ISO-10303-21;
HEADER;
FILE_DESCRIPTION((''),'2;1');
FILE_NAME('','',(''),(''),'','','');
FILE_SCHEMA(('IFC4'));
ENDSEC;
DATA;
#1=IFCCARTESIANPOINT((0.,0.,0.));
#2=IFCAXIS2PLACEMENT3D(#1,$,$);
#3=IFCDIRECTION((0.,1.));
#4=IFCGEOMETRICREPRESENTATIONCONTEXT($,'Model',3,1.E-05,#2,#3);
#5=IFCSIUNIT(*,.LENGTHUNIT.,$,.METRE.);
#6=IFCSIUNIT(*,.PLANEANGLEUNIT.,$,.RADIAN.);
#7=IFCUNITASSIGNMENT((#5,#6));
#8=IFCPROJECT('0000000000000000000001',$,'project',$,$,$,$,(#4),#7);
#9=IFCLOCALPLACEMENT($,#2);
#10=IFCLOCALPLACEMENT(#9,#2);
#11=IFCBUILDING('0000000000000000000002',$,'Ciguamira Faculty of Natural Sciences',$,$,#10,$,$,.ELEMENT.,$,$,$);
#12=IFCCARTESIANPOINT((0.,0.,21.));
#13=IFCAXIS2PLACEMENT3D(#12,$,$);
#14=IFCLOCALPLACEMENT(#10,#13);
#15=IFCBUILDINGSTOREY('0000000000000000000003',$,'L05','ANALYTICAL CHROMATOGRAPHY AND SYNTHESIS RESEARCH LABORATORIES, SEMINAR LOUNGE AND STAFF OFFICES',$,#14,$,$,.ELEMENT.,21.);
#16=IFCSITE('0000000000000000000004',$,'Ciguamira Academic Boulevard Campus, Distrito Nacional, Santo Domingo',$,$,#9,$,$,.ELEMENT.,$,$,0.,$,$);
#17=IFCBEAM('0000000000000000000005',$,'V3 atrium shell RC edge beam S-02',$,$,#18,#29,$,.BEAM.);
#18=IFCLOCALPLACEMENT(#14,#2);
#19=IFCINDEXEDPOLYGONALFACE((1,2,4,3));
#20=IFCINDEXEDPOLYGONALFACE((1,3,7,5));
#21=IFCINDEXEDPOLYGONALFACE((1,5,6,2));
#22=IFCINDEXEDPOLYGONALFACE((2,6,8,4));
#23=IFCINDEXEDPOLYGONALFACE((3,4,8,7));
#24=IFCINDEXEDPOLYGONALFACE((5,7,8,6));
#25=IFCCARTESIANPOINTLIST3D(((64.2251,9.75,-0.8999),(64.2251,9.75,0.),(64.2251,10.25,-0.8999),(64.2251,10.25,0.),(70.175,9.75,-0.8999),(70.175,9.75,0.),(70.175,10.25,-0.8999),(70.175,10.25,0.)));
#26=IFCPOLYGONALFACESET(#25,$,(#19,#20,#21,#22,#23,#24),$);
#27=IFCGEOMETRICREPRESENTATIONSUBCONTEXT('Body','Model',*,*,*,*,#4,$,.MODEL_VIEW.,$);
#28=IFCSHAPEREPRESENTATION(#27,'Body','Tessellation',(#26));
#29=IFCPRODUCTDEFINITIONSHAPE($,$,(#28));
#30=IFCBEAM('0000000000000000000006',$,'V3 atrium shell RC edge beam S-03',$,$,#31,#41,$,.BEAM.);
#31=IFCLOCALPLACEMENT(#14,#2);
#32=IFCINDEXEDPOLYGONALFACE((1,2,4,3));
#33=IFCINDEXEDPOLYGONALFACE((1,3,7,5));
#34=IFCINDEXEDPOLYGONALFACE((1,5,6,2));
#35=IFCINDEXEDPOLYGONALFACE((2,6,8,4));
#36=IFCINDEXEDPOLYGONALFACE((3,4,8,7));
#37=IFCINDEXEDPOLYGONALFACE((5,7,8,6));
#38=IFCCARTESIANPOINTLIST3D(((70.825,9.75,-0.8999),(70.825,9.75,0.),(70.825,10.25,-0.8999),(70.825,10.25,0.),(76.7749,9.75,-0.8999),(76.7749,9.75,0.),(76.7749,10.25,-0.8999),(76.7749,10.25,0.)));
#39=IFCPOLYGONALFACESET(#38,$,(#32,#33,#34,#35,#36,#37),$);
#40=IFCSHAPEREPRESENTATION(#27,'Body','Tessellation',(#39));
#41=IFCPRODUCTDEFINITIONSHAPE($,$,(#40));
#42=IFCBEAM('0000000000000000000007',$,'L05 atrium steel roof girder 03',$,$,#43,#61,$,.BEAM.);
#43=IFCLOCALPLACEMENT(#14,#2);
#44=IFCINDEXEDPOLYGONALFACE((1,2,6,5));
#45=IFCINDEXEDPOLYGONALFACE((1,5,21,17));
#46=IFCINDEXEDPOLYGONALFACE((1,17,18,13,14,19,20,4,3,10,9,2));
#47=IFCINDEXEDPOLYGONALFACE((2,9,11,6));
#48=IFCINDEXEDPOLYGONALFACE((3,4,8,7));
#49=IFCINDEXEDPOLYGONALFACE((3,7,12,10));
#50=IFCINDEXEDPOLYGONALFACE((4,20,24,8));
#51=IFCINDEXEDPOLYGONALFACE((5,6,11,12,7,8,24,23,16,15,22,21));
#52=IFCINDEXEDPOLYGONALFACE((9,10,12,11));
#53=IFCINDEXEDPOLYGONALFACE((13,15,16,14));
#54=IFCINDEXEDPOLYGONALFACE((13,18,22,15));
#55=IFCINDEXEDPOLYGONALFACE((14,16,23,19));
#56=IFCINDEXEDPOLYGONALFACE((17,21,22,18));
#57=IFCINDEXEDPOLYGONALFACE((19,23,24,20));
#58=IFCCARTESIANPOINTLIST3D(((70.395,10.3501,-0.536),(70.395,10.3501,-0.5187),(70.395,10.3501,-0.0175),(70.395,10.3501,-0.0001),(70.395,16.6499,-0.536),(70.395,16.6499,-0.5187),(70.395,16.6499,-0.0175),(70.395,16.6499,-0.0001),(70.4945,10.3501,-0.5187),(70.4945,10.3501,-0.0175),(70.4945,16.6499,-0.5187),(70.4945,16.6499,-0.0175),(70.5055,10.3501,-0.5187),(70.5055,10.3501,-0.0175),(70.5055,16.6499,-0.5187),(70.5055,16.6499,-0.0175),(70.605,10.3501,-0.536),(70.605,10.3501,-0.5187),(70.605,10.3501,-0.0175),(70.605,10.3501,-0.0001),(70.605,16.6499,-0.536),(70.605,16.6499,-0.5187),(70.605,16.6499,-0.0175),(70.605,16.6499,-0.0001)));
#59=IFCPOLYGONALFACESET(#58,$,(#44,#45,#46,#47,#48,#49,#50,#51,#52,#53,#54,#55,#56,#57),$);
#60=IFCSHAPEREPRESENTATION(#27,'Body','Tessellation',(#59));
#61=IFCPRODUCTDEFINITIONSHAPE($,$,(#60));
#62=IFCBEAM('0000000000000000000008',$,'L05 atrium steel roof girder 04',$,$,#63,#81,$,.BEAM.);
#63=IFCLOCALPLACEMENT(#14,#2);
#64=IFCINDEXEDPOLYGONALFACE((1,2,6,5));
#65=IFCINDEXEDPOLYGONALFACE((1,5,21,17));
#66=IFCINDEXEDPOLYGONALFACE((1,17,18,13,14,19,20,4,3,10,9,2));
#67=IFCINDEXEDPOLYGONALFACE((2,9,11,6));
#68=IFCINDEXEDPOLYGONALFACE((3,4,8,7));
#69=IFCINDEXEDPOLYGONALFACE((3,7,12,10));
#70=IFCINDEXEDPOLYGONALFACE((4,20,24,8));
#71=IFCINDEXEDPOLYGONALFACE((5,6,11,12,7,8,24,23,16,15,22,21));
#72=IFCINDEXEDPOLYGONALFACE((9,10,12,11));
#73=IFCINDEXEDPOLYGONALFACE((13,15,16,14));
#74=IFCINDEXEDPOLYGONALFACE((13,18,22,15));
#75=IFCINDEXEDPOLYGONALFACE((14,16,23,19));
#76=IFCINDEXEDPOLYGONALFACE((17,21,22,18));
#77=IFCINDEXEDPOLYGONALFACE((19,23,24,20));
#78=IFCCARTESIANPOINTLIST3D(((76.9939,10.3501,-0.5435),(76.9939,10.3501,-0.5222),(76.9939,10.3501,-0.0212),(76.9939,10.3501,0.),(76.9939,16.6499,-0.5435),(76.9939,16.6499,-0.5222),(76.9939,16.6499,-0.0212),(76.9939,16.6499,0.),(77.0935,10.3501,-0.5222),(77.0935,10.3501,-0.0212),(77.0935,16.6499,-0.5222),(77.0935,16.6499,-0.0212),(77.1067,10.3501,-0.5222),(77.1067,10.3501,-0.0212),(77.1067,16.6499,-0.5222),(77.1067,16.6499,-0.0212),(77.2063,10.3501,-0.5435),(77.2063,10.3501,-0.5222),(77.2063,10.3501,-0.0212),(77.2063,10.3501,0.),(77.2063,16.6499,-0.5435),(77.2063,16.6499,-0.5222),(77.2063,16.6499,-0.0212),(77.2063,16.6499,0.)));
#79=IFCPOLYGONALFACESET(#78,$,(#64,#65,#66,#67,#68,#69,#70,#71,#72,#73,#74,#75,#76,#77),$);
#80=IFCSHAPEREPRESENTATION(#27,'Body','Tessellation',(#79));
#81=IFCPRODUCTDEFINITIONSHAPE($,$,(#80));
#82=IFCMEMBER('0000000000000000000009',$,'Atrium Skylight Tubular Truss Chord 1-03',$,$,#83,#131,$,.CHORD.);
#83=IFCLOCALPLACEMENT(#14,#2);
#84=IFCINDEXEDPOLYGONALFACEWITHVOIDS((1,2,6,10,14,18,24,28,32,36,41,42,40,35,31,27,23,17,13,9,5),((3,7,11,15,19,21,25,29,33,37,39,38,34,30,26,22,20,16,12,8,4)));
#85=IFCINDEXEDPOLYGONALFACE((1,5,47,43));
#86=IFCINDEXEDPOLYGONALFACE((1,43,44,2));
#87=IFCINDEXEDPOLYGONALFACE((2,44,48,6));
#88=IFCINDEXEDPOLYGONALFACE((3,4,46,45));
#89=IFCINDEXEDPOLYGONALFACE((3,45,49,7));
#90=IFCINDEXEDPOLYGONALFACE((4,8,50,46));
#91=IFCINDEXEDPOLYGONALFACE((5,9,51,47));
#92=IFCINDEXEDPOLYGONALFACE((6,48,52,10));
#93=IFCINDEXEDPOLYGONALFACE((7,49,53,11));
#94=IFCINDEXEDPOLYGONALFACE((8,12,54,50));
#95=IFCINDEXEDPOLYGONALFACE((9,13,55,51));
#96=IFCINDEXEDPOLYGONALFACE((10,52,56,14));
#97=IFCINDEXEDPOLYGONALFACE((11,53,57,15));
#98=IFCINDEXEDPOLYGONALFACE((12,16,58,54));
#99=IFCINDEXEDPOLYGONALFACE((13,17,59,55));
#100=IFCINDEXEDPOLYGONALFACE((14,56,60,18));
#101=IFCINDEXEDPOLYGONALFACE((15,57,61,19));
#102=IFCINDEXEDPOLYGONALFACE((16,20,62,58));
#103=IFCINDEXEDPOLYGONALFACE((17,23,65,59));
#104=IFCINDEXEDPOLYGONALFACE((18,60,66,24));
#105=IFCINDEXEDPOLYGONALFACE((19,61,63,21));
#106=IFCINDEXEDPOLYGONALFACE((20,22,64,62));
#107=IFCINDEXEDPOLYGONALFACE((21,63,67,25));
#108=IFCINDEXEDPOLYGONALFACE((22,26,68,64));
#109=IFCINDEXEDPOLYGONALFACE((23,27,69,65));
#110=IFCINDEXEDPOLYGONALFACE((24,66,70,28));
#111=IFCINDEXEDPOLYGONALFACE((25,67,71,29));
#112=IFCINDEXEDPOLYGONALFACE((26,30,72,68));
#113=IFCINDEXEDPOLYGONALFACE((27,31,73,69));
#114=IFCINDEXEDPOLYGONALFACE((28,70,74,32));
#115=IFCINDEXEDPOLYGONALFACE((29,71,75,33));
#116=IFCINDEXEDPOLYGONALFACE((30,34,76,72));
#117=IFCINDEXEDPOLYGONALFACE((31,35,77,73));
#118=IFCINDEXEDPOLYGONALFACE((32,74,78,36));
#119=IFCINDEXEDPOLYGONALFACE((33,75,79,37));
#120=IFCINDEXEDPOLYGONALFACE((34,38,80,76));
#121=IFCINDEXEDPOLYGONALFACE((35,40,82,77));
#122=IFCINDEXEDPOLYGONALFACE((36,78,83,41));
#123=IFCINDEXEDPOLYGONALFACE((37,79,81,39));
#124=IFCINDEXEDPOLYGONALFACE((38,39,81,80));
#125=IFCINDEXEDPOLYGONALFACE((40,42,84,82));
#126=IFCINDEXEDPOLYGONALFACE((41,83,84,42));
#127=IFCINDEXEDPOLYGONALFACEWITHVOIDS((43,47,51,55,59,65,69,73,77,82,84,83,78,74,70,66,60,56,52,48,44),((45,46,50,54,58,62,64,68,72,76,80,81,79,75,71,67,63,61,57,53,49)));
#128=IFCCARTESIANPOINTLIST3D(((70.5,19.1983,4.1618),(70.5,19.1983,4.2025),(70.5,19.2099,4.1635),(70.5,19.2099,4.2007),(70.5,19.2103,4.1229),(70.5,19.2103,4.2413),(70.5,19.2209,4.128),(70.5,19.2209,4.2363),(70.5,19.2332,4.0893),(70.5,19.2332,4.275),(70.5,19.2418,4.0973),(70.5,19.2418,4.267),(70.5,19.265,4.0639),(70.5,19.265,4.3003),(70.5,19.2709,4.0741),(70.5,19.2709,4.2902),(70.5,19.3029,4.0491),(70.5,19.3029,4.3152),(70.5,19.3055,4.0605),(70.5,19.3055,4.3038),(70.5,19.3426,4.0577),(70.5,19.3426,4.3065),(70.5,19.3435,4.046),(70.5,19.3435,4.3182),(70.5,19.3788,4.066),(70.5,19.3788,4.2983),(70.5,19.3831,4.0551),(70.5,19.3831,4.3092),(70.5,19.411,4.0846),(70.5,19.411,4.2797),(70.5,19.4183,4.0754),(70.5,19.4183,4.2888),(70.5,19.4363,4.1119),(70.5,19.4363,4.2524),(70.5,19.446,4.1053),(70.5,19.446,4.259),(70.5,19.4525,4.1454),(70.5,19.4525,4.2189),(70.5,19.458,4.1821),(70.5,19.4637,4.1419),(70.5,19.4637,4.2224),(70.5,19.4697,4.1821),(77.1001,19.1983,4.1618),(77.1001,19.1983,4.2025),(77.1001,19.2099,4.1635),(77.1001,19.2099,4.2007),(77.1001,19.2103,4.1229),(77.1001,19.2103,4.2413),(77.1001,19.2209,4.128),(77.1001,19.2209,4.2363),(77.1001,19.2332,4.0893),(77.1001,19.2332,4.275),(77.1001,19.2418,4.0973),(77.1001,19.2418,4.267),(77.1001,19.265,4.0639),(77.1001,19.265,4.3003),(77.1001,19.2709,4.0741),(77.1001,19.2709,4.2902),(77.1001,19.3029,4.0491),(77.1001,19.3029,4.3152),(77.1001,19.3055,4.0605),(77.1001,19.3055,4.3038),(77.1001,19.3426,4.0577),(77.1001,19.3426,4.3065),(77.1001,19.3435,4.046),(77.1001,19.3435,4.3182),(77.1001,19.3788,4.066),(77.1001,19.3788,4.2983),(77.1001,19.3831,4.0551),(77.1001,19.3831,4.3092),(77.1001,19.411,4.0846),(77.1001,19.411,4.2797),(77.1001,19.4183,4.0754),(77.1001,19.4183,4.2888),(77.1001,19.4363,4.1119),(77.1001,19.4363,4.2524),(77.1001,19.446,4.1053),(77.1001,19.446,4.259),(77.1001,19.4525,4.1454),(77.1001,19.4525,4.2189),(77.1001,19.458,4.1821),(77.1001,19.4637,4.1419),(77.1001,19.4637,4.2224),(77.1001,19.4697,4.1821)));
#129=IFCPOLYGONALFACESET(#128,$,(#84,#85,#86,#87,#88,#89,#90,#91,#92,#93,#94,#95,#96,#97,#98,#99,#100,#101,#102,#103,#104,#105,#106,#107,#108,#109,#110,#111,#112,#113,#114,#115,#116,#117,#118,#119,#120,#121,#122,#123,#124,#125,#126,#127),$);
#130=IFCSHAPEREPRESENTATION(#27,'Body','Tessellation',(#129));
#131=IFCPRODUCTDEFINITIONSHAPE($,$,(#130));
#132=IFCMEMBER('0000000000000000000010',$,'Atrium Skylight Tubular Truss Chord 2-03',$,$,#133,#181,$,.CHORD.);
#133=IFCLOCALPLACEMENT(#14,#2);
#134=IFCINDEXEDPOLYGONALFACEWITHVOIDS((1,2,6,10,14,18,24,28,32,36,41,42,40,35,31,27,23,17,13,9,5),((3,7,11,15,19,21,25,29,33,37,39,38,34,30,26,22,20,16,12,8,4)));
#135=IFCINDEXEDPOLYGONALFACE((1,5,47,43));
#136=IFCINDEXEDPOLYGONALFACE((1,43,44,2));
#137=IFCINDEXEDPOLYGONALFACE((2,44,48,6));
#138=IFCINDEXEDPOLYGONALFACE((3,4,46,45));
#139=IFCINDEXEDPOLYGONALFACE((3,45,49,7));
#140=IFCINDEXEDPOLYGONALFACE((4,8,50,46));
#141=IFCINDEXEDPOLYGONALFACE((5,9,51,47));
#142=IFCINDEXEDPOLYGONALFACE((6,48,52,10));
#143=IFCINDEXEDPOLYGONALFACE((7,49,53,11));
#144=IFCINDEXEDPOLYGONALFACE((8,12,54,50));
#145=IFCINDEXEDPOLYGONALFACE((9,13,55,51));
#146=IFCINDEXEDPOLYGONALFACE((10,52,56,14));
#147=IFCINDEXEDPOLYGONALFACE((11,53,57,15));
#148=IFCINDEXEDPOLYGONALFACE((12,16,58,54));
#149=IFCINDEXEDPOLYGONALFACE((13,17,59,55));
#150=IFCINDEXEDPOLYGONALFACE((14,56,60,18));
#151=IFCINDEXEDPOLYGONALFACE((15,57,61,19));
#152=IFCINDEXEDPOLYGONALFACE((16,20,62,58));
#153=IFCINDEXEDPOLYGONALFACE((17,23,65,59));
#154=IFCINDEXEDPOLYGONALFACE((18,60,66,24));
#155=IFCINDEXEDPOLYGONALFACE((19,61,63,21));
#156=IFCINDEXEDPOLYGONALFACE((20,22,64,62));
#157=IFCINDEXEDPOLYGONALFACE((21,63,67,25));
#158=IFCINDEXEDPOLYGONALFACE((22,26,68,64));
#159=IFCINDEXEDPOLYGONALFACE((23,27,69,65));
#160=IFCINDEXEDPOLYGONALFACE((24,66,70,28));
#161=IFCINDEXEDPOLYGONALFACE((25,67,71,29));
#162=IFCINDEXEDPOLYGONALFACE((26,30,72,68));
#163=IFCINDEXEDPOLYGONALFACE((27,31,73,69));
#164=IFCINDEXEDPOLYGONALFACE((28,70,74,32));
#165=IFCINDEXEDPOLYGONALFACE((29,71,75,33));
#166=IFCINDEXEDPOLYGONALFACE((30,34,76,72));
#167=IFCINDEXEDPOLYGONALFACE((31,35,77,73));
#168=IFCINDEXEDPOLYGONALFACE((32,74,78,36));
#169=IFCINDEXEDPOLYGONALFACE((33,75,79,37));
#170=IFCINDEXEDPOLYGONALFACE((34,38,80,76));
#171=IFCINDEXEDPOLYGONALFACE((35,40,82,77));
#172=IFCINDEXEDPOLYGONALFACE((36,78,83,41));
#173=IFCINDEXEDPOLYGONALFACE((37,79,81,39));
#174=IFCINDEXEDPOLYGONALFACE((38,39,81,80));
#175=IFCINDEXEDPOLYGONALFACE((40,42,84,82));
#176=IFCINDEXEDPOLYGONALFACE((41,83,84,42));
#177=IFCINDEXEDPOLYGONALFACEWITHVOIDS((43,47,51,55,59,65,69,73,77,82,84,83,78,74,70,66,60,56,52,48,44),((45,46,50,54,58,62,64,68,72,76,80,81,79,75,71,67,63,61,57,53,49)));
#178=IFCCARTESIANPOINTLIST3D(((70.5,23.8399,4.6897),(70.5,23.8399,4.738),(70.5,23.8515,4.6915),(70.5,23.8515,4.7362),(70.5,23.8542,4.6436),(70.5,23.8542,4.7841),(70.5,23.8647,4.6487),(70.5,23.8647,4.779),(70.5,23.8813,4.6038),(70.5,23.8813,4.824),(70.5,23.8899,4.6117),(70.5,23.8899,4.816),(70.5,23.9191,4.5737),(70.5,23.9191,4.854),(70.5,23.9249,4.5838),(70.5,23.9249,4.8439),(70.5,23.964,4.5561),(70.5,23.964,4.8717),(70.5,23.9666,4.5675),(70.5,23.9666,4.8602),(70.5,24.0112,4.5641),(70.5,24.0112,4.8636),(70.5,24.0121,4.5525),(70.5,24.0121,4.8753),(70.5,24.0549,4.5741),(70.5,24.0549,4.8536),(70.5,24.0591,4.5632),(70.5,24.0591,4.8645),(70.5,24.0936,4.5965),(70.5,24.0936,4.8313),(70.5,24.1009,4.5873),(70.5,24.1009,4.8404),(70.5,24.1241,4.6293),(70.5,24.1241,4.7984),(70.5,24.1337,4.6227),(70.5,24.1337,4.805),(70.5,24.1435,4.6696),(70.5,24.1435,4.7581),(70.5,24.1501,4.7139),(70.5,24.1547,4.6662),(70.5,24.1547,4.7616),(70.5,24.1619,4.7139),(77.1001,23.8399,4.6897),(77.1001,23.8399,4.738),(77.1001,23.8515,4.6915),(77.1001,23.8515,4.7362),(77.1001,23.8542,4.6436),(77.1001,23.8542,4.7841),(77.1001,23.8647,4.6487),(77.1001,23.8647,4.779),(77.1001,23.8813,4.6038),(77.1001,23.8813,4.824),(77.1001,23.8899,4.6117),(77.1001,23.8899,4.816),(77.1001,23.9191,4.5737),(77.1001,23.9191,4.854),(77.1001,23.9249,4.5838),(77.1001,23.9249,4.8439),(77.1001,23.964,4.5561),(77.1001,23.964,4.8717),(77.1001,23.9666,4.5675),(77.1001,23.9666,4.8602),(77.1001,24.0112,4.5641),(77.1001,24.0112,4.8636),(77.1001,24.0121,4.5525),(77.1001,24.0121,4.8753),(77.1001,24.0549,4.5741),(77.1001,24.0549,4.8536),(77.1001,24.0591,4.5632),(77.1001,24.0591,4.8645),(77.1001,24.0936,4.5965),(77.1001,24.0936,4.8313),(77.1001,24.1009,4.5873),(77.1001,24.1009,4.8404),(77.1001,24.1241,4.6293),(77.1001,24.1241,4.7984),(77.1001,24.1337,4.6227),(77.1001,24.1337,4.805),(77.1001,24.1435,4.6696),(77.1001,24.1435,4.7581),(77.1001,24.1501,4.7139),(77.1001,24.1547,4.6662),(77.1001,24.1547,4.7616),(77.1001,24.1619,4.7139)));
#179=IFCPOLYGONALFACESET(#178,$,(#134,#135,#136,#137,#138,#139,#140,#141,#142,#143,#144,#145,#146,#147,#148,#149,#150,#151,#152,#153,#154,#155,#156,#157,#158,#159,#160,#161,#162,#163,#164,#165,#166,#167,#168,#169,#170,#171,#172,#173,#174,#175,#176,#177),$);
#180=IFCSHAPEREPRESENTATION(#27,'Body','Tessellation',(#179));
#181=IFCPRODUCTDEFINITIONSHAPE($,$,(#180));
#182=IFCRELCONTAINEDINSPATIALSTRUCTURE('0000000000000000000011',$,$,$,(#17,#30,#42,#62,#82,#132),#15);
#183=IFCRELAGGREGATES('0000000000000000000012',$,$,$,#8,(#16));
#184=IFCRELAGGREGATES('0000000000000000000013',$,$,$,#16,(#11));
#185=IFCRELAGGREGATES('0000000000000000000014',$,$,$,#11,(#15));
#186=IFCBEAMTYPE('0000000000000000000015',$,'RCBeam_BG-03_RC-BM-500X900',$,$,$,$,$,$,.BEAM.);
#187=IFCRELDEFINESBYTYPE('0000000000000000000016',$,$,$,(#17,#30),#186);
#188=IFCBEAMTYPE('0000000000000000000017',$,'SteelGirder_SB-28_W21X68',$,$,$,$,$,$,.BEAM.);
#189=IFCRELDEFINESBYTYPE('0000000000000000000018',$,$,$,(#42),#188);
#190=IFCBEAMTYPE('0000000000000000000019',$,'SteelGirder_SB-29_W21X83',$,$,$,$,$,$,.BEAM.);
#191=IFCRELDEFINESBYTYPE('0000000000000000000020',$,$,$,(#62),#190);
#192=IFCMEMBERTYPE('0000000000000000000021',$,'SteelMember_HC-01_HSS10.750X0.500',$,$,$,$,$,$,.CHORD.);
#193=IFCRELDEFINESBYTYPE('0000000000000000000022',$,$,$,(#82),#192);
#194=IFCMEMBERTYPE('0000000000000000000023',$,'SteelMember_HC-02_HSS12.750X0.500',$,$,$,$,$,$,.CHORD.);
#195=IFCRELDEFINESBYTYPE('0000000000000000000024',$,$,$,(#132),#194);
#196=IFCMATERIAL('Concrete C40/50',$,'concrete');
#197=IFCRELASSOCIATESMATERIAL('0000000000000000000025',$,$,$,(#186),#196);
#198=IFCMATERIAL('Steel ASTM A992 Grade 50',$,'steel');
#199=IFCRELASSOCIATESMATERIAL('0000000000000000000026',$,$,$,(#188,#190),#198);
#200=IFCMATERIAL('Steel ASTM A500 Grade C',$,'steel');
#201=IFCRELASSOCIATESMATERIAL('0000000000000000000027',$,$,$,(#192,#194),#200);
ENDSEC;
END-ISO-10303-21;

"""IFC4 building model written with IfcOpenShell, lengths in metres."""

from ifc_helpers import new_model, si_unit, direction, frame, origin, origin_2d, place, context, subcontext, project, spatial, rectangle, hollow_circle, i_section, extrude, material, material_profile, profile_set, type_object, element, save


model = new_model("IFC4")

# Units and contexts
model_context = context("Model", 3, precision=1e-05, world=origin(), true_north=direction((0.0, 1.0)))
body_context = subcontext(model_context, "Body", "Model", "MODEL_VIEW")
ifc_project = project(units=[si_unit("LENGTHUNIT", "METRE"), si_unit("PLANEANGLEUNIT", "RADIAN")], contexts=[model_context])

# Site, building, storey
site_placement = place(None, origin())
site = spatial("IfcSite", under=ifc_project, at=site_placement, Name="Ciguamira Academic Boulevard Campus, Distrito Nacional, Santo Domingo", CompositionType="ELEMENT", RefElevation=0.0)
building_placement = place(site_placement, origin())
building = spatial("IfcBuilding", under=site, at=building_placement, Name="Ciguamira Faculty of Natural Sciences", CompositionType="ELEMENT")
storey_placement = place(building_placement, frame((0.0, 0.0, 21.0)))
storey = spatial("IfcBuildingStorey", under=building, at=storey_placement, Name="L05", Description="ANALYTICAL CHROMATOGRAPHY AND SYNTHESIS RESEARCH LABORATORIES, SEMINAR LOUNGE AND STAFF OFFICES", CompositionType="ELEMENT", Elevation=21.0)

# Beams
ifc_material_1 = material(Name="Concrete C40/50", Category="concrete")
ifc_material_profile_1 = material_profile(ifc_material_1, rectangle(XDim=0.5, YDim=0.8999, at=origin_2d()), Name="RC-BM-500X900")
ifc_profile_set_1 = profile_set([ifc_material_profile_1], Name="Concrete C40/50")
beam_type_1 = type_object("IfcBeamType", Name="RCBeam_BG-03_RC-BM-500X900", PredefinedType="BEAM", material=ifc_profile_set_1)
for number, where, z_axis, x_axis, name in (
    (1, (64.2251, 10.0, -0.45), (1.0, 0.0, 0.0), (0.0, 1.0, 0.0), "V3 atrium shell RC edge beam S-02"),
    (2, (70.825, 10.0, -0.45), (1.0, 0.0, 0.0), (0.0, 1.0, 0.0), "V3 atrium shell RC edge beam S-03"),
):
    element("IfcBeam", number, at=place(storey_placement, frame(where, z_axis=z_axis, x_axis=x_axis)), inside=storey, type_object=beam_type_1, Name=name, PredefinedType="BEAM", context=body_context, shape_type="SweptSolid", body=[
        extrude(rectangle(XDim=0.5, YDim=0.8999, at=origin_2d()), origin(), (0.0, 0.0, 1.0), 5.95),
    ])
ifc_material_2 = material(Name="Steel ASTM A992 Grade 50", Category="steel")
ifc_material_profile_2 = material_profile(ifc_material_2, i_section(OverallWidth=0.21, OverallDepth=0.5359, WebThickness=0.011, FlangeThickness=0.0173, at=origin_2d()), Name="W21X68")
ifc_profile_set_2 = profile_set([ifc_material_profile_2], Name="Steel ASTM A992 Grade 50")
beam_type_2 = type_object("IfcBeamType", Name="SteelGirder_SB-28_W21X68", PredefinedType="BEAM", material=ifc_profile_set_2)
beam_1_placement = place(storey_placement, frame((70.5, 10.3501, -0.2681), z_axis=(0.0, 1.0, 0.0), x_axis=(-1.0, 0.0, 0.0)))
element("IfcBeam", 3, at=beam_1_placement, inside=storey, type_object=beam_type_2, Name="L05 atrium steel roof girder 03", PredefinedType="BEAM", context=body_context, shape_type="SweptSolid", body=[
    extrude(i_section(OverallWidth=0.21, OverallDepth=0.5359, WebThickness=0.011, FlangeThickness=0.0173, at=origin_2d()), origin(), (0.0, 0.0, 1.0), 6.2998),
])
ifc_material_profile_3 = material_profile(ifc_material_2, i_section(OverallWidth=0.2124, OverallDepth=0.5435, WebThickness=0.0132, FlangeThickness=0.0212, at=origin_2d()), Name="W21X83")
ifc_profile_set_3 = profile_set([ifc_material_profile_3], Name="Steel ASTM A992 Grade 50")
beam_type_3 = type_object("IfcBeamType", Name="SteelGirder_SB-29_W21X83", PredefinedType="BEAM", material=ifc_profile_set_3)
beam_2_placement = place(storey_placement, frame((77.1001, 10.3501, -0.2717), z_axis=(0.0, 1.0, 0.0), x_axis=(-1.0, 0.0, 0.0)))
element("IfcBeam", 4, at=beam_2_placement, inside=storey, type_object=beam_type_3, Name="L05 atrium steel roof girder 04", PredefinedType="BEAM", context=body_context, shape_type="SweptSolid", body=[
    extrude(i_section(OverallWidth=0.2124, OverallDepth=0.5435, WebThickness=0.0132, FlangeThickness=0.0212, at=origin_2d()), origin(), (0.0, 0.0, 1.0), 6.2998),
])

# Members
ifc_material_3 = material(Name="Steel ASTM A500 Grade C", Category="steel")
ifc_material_profile_4 = material_profile(ifc_material_3, hollow_circle(Radius=0.1365, WallThickness=0.0117, at=origin_2d()), Name="HSS10.750X0.500")
ifc_profile_set_4 = profile_set([ifc_material_profile_4], Name="Steel ASTM A500 Grade C")
member_type_1 = type_object("IfcMemberType", Name="SteelMember_HC-01_HSS10.750X0.500", PredefinedType="CHORD", material=ifc_profile_set_4)
member_1_placement = place(storey_placement, frame((70.5, 19.3333, 4.1821), z_axis=(1.0, 0.0, 0.0), x_axis=(0.0, 1.0, 0.0)))
element("IfcMember", 5, at=member_1_placement, inside=storey, type_object=member_type_1, Name="Atrium Skylight Tubular Truss Chord 1-03", PredefinedType="CHORD", context=body_context, shape_type="SweptSolid", body=[
    extrude(hollow_circle(Radius=0.1365, WallThickness=0.0117, at=origin_2d()), origin(), (0.0, 0.0, 1.0), 6.6001),
])
ifc_material_profile_5 = material_profile(ifc_material_3, hollow_circle(Radius=0.1619, WallThickness=0.0117, at=origin_2d()), Name="HSS12.750X0.500")
ifc_profile_set_5 = profile_set([ifc_material_profile_5], Name="Steel ASTM A500 Grade C")
member_type_2 = type_object("IfcMemberType", Name="SteelMember_HC-02_HSS12.750X0.500", PredefinedType="CHORD", material=ifc_profile_set_5)
member_2_placement = place(storey_placement, frame((70.5, 24.0, 4.7139), z_axis=(1.0, 0.0, 0.0), x_axis=(0.0, 1.0, 0.0)))
element("IfcMember", 6, at=member_2_placement, inside=storey, type_object=member_type_2, Name="Atrium Skylight Tubular Truss Chord 2-03", PredefinedType="CHORD", context=body_context, shape_type="SweptSolid", body=[
    extrude(hollow_circle(Radius=0.1619, WallThickness=0.0117, at=origin_2d()), origin(), (0.0, 0.0, 1.0), 6.6001),
])

save(model, "model.ifc")
